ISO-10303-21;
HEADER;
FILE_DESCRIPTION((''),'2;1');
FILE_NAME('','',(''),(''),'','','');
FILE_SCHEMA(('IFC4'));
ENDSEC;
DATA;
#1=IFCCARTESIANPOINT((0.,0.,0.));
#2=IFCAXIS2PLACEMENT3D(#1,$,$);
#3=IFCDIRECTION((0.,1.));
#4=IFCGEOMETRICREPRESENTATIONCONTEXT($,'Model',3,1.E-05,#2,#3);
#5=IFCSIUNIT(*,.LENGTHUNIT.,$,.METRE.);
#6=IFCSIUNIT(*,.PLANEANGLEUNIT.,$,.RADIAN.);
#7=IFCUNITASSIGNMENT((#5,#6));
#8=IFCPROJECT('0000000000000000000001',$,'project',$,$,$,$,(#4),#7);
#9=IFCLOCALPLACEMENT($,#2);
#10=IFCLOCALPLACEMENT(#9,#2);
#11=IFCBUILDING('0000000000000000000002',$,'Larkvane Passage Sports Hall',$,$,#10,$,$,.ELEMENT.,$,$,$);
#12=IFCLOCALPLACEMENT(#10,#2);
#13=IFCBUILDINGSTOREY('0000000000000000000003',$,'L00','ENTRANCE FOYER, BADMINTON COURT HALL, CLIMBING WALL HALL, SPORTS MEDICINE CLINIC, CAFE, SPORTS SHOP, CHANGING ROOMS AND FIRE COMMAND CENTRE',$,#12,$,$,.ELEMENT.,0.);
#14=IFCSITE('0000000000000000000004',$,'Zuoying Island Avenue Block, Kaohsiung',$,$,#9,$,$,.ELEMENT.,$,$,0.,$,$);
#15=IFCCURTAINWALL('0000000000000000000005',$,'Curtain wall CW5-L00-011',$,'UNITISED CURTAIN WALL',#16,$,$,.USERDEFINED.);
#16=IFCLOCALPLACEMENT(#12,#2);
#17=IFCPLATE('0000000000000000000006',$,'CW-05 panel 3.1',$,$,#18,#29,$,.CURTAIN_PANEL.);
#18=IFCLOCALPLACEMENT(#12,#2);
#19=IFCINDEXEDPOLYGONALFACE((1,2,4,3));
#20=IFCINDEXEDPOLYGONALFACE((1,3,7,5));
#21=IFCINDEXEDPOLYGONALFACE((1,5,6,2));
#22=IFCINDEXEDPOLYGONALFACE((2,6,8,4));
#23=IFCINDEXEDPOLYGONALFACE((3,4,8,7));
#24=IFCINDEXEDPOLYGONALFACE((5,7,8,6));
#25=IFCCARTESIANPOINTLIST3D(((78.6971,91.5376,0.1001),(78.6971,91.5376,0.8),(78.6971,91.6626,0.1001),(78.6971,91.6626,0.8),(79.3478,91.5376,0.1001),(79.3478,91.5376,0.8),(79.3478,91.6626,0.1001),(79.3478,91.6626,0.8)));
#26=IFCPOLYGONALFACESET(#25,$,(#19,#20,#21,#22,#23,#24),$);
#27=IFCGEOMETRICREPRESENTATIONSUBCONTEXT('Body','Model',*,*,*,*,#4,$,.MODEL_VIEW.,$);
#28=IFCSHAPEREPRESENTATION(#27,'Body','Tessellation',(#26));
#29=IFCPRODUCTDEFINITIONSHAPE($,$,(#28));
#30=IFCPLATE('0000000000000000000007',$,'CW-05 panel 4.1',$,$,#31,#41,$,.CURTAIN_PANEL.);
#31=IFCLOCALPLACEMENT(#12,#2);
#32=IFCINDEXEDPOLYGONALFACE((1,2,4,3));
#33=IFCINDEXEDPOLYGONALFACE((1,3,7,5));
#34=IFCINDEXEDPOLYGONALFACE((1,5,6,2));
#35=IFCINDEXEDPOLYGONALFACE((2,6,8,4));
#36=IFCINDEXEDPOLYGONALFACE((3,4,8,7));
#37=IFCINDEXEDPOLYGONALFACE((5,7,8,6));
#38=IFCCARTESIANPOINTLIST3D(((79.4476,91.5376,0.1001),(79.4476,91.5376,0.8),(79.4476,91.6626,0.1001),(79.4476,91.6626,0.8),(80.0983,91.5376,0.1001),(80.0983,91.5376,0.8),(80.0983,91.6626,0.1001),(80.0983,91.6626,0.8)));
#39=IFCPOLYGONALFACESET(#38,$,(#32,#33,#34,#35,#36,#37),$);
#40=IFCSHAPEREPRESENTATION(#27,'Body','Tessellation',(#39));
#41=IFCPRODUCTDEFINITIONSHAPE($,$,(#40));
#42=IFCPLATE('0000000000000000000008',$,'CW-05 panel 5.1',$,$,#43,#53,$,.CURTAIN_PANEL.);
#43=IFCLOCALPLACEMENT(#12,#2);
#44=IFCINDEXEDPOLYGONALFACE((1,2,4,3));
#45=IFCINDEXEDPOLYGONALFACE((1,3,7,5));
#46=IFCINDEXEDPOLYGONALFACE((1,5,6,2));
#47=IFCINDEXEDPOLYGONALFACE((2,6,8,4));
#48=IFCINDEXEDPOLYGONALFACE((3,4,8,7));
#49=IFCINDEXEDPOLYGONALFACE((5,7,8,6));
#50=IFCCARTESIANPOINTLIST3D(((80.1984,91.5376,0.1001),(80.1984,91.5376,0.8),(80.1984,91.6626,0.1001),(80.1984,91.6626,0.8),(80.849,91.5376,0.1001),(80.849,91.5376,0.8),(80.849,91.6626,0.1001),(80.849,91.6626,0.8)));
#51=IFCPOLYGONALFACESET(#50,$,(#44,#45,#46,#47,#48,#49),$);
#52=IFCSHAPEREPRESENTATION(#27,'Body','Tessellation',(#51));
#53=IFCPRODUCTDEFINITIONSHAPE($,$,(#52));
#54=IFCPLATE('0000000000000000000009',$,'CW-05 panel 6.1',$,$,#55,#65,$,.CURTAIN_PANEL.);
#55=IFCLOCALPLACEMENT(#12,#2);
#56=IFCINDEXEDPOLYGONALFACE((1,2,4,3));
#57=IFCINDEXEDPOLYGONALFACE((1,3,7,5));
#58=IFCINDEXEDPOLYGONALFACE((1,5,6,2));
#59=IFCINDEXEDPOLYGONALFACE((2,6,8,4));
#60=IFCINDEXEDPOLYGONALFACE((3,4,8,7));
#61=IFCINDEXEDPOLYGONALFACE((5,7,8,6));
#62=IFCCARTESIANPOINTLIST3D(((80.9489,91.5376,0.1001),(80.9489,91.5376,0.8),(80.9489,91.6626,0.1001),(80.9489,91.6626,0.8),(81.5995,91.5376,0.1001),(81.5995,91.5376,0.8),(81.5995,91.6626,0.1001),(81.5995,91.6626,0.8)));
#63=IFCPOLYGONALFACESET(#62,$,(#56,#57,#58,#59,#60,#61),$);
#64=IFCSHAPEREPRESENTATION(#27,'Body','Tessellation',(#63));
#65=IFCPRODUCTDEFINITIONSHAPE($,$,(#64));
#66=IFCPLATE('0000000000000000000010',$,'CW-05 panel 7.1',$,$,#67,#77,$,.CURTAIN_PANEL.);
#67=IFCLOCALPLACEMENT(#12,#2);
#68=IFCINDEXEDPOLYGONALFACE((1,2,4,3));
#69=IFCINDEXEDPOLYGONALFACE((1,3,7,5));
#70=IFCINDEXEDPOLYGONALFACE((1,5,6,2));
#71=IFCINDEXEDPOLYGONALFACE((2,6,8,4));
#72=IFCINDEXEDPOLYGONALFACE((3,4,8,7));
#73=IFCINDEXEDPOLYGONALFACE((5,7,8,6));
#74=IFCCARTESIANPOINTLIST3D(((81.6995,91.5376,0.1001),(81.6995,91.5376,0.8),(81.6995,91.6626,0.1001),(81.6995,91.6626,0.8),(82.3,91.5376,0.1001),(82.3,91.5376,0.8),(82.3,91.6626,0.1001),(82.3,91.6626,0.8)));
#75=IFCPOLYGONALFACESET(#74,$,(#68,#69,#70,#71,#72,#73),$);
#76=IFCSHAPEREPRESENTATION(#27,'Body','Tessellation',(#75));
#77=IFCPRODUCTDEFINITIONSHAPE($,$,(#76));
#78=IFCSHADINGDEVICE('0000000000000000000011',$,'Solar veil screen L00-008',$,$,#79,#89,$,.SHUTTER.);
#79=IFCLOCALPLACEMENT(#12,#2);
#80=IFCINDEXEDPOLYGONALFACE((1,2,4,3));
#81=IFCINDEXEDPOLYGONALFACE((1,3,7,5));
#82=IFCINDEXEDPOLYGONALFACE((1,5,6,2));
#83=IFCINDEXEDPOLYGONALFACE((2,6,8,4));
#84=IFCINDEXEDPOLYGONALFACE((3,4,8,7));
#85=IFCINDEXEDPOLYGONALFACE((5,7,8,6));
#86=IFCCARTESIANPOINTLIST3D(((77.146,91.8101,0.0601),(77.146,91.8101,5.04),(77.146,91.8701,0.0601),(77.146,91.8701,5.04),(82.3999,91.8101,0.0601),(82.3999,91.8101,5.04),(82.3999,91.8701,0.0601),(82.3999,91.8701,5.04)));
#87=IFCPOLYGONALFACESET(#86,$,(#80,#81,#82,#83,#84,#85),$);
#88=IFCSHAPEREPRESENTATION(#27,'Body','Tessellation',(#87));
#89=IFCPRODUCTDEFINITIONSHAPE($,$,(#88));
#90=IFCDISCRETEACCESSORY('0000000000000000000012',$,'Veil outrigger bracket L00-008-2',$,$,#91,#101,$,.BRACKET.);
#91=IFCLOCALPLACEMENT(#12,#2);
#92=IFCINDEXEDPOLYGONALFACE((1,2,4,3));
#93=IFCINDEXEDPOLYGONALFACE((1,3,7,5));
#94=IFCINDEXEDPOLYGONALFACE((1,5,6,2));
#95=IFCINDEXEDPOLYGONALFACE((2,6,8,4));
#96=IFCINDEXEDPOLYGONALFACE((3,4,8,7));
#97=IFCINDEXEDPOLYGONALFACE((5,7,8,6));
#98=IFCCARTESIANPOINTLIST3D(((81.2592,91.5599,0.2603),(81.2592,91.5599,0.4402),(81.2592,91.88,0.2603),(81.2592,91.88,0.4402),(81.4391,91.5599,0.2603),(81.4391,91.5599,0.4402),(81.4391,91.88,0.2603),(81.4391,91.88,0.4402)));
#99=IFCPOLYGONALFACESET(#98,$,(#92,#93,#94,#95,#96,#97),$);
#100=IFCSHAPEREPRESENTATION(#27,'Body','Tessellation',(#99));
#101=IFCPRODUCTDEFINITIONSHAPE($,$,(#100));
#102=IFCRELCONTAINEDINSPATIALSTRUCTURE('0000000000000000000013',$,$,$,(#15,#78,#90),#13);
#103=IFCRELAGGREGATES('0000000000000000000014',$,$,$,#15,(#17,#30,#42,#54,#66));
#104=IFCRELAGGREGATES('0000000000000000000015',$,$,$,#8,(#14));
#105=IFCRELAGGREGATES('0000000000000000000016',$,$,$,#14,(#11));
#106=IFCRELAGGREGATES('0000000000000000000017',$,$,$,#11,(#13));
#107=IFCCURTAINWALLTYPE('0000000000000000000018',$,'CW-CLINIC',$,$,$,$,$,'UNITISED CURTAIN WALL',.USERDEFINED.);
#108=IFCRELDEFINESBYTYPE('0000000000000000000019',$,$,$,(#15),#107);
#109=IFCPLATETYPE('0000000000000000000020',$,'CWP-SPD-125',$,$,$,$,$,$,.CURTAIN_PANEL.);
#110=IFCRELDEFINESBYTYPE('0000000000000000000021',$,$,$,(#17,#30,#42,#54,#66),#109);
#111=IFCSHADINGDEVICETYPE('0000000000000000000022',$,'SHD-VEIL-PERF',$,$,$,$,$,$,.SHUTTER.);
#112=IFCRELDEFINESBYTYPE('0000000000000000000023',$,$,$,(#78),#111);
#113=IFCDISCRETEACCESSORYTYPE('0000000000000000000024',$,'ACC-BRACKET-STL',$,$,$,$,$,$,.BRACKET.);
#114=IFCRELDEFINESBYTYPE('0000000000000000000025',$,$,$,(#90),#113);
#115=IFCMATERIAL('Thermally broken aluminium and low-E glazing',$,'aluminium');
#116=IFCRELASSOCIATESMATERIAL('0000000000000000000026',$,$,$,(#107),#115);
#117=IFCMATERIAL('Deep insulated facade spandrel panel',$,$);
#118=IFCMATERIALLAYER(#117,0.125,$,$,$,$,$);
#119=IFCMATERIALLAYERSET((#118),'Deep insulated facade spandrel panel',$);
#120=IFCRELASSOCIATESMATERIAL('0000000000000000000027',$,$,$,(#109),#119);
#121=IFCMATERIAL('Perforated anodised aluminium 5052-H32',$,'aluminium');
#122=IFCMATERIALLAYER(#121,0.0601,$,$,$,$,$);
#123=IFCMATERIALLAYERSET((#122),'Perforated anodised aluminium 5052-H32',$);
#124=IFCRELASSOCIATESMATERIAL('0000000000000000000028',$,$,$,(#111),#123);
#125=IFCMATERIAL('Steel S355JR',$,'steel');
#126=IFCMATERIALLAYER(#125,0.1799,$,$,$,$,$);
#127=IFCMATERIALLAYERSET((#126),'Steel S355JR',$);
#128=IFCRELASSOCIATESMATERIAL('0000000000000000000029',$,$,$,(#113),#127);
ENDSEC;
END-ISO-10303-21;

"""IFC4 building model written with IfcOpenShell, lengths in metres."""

from ifc_helpers import new_model, si_unit, direction, frame, origin, origin_2d, place, context, subcontext, project, spatial, rectangle, extrude, material, layer, layer_set, type_object, element, aggregate, save


model = new_model("IFC4")

# Units and contexts
model_context = context("Model", 3, precision=1e-05, world=origin(), true_north=direction((0.0, 1.0)))
body_context = subcontext(model_context, "Body", "Model", "MODEL_VIEW")
ifc_project = project(units=[si_unit("LENGTHUNIT", "METRE"), si_unit("PLANEANGLEUNIT", "RADIAN")], contexts=[model_context])

# Site, building, storey
site_placement = place(None, origin())
site = spatial("IfcSite", under=ifc_project, at=site_placement, Name="Zuoying Island Avenue Block, Kaohsiung", CompositionType="ELEMENT", RefElevation=0.0)
building_placement = place(site_placement, origin())
building = spatial("IfcBuilding", under=site, at=building_placement, Name="Larkvane Passage Sports Hall", CompositionType="ELEMENT")
storey_placement = place(building_placement, origin())
storey = spatial("IfcBuildingStorey", under=building, at=storey_placement, Name="L00", Description="ENTRANCE FOYER, BADMINTON COURT HALL, CLIMBING WALL HALL, SPORTS MEDICINE CLINIC, CAFE, SPORTS SHOP, CHANGING ROOMS AND FIRE COMMAND CENTRE", CompositionType="ELEMENT", Elevation=0.0)

# Curtain wall, plates
ifc_material_1 = material(Name="Thermally broken aluminium and low-E glazing", Category="aluminium")
curtain_wall_type = type_object("IfcCurtainWallType", Name="CW-CLINIC", ElementType="UNITISED CURTAIN WALL", PredefinedType="USERDEFINED", material=ifc_material_1)
curtain_wall_placement = place(storey_placement, origin())
curtain_wall = element("IfcCurtainWall", 1, at=curtain_wall_placement, inside=storey, type_object=curtain_wall_type, Name="Curtain wall CW5-L00-011", ObjectType="UNITISED CURTAIN WALL", PredefinedType="USERDEFINED")
ifc_material_2 = material(Name="Deep insulated facade spandrel panel")
ifc_layer_1 = layer(ifc_material_2, 0.125)
ifc_layer_set_1 = layer_set([ifc_layer_1], Name="Deep insulated facade spandrel panel")
plate_type = type_object("IfcPlateType", Name="CWP-SPD-125", PredefinedType="CURTAIN_PANEL", material=ifc_layer_set_1)
plate_1_placement = place(storey_placement, frame((79.0225, 91.6001, 0.1001), z_axis=(0.0, 0.0, 1.0), x_axis=(1.0, 0.0, 0.0)))
plate_1 = element("IfcPlate", 2, at=plate_1_placement, type_object=plate_type, Name="CW-05 panel 3.1", PredefinedType="CURTAIN_PANEL", context=body_context, shape_type="SweptSolid", body=[
    extrude(rectangle(XDim=0.6506, YDim=0.125, at=origin_2d()), origin(), (0.0, 0.0, 1.0), 0.7),
])
plate_2_placement = place(storey_placement, frame((79.7729, 91.6001, 0.1001), z_axis=(0.0, 0.0, 1.0), x_axis=(1.0, 0.0, 0.0)))
plate_2 = element("IfcPlate", 3, at=plate_2_placement, type_object=plate_type, Name="CW-05 panel 4.1", PredefinedType="CURTAIN_PANEL", context=body_context, shape_type="SweptSolid", body=[
    extrude(rectangle(XDim=0.6506, YDim=0.125, at=origin_2d()), origin(), (0.0, 0.0, 1.0), 0.7),
])
plate_3_placement = place(storey_placement, frame((80.5237, 91.6001, 0.1001), z_axis=(0.0, 0.0, 1.0), x_axis=(1.0, 0.0, 0.0)))
plate_3 = element("IfcPlate", 4, at=plate_3_placement, type_object=plate_type, Name="CW-05 panel 5.1", PredefinedType="CURTAIN_PANEL", context=body_context, shape_type="SweptSolid", body=[
    extrude(rectangle(XDim=0.6506, YDim=0.125, at=origin_2d()), origin(), (0.0, 0.0, 1.0), 0.7),
])
plate_4_placement = place(storey_placement, frame((81.2742, 91.6001, 0.1001), z_axis=(0.0, 0.0, 1.0), x_axis=(1.0, 0.0, 0.0)))
plate_4 = element("IfcPlate", 5, at=plate_4_placement, type_object=plate_type, Name="CW-05 panel 6.1", PredefinedType="CURTAIN_PANEL", context=body_context, shape_type="SweptSolid", body=[
    extrude(rectangle(XDim=0.6506, YDim=0.125, at=origin_2d()), origin(), (0.0, 0.0, 1.0), 0.7),
])
plate_5_placement = place(storey_placement, frame((81.9998, 91.6001, 0.1001), z_axis=(0.0, 0.0, 1.0), x_axis=(1.0, 0.0, 0.0)))
plate_5 = element("IfcPlate", 6, at=plate_5_placement, type_object=plate_type, Name="CW-05 panel 7.1", PredefinedType="CURTAIN_PANEL", context=body_context, shape_type="SweptSolid", body=[
    extrude(rectangle(XDim=0.6006, YDim=0.125, at=origin_2d()), origin(), (0.0, 0.0, 1.0), 0.7),
])
aggregate(curtain_wall, [plate_1, plate_2, plate_3, plate_4, plate_5])

# Shading device
ifc_material_3 = material(Name="Perforated anodised aluminium 5052-H32", Category="aluminium")
ifc_layer_2 = layer(ifc_material_3, 0.0601)
ifc_layer_set_2 = layer_set([ifc_layer_2], Name="Perforated anodised aluminium 5052-H32")
shading_device_type = type_object("IfcShadingDeviceType", Name="SHD-VEIL-PERF", PredefinedType="SHUTTER", material=ifc_layer_set_2)
shading_device_placement = place(storey_placement, frame((79.7729, 91.8401, 0.0601), z_axis=(0.0, 0.0, 1.0), x_axis=(1.0, 0.0, 0.0)))
element("IfcShadingDevice", 7, at=shading_device_placement, inside=storey, type_object=shading_device_type, Name="Solar veil screen L00-008", PredefinedType="SHUTTER", context=body_context, shape_type="SweptSolid", body=[
    extrude(rectangle(XDim=5.2539, YDim=0.0601, at=origin_2d()), origin(), (0.0, 0.0, 1.0), 4.98),
])

# Discrete accessory
ifc_material_4 = material(Name="Steel S355JR", Category="steel")
ifc_layer_3 = layer(ifc_material_4, 0.1799)
ifc_layer_set_3 = layer_set([ifc_layer_3], Name="Steel S355JR")
discrete_accessory_type = type_object("IfcDiscreteAccessoryType", Name="ACC-BRACKET-STL", PredefinedType="BRACKET", material=ifc_layer_set_3)
discrete_accessory_placement = place(storey_placement, frame((81.3491, 91.72, 0.2603), z_axis=(0.0, 0.0, 1.0), x_axis=(1.0, 0.0, 0.0)))
element("IfcDiscreteAccessory", 8, at=discrete_accessory_placement, inside=storey, type_object=discrete_accessory_type, Name="Veil outrigger bracket L00-008-2", PredefinedType="BRACKET", context=body_context, shape_type="SweptSolid", body=[
    extrude(rectangle(XDim=0.1799, YDim=0.3201, at=origin_2d()), origin(), (0.0, 0.0, 1.0), 0.1799),
])

save(model, "model.ifc")
